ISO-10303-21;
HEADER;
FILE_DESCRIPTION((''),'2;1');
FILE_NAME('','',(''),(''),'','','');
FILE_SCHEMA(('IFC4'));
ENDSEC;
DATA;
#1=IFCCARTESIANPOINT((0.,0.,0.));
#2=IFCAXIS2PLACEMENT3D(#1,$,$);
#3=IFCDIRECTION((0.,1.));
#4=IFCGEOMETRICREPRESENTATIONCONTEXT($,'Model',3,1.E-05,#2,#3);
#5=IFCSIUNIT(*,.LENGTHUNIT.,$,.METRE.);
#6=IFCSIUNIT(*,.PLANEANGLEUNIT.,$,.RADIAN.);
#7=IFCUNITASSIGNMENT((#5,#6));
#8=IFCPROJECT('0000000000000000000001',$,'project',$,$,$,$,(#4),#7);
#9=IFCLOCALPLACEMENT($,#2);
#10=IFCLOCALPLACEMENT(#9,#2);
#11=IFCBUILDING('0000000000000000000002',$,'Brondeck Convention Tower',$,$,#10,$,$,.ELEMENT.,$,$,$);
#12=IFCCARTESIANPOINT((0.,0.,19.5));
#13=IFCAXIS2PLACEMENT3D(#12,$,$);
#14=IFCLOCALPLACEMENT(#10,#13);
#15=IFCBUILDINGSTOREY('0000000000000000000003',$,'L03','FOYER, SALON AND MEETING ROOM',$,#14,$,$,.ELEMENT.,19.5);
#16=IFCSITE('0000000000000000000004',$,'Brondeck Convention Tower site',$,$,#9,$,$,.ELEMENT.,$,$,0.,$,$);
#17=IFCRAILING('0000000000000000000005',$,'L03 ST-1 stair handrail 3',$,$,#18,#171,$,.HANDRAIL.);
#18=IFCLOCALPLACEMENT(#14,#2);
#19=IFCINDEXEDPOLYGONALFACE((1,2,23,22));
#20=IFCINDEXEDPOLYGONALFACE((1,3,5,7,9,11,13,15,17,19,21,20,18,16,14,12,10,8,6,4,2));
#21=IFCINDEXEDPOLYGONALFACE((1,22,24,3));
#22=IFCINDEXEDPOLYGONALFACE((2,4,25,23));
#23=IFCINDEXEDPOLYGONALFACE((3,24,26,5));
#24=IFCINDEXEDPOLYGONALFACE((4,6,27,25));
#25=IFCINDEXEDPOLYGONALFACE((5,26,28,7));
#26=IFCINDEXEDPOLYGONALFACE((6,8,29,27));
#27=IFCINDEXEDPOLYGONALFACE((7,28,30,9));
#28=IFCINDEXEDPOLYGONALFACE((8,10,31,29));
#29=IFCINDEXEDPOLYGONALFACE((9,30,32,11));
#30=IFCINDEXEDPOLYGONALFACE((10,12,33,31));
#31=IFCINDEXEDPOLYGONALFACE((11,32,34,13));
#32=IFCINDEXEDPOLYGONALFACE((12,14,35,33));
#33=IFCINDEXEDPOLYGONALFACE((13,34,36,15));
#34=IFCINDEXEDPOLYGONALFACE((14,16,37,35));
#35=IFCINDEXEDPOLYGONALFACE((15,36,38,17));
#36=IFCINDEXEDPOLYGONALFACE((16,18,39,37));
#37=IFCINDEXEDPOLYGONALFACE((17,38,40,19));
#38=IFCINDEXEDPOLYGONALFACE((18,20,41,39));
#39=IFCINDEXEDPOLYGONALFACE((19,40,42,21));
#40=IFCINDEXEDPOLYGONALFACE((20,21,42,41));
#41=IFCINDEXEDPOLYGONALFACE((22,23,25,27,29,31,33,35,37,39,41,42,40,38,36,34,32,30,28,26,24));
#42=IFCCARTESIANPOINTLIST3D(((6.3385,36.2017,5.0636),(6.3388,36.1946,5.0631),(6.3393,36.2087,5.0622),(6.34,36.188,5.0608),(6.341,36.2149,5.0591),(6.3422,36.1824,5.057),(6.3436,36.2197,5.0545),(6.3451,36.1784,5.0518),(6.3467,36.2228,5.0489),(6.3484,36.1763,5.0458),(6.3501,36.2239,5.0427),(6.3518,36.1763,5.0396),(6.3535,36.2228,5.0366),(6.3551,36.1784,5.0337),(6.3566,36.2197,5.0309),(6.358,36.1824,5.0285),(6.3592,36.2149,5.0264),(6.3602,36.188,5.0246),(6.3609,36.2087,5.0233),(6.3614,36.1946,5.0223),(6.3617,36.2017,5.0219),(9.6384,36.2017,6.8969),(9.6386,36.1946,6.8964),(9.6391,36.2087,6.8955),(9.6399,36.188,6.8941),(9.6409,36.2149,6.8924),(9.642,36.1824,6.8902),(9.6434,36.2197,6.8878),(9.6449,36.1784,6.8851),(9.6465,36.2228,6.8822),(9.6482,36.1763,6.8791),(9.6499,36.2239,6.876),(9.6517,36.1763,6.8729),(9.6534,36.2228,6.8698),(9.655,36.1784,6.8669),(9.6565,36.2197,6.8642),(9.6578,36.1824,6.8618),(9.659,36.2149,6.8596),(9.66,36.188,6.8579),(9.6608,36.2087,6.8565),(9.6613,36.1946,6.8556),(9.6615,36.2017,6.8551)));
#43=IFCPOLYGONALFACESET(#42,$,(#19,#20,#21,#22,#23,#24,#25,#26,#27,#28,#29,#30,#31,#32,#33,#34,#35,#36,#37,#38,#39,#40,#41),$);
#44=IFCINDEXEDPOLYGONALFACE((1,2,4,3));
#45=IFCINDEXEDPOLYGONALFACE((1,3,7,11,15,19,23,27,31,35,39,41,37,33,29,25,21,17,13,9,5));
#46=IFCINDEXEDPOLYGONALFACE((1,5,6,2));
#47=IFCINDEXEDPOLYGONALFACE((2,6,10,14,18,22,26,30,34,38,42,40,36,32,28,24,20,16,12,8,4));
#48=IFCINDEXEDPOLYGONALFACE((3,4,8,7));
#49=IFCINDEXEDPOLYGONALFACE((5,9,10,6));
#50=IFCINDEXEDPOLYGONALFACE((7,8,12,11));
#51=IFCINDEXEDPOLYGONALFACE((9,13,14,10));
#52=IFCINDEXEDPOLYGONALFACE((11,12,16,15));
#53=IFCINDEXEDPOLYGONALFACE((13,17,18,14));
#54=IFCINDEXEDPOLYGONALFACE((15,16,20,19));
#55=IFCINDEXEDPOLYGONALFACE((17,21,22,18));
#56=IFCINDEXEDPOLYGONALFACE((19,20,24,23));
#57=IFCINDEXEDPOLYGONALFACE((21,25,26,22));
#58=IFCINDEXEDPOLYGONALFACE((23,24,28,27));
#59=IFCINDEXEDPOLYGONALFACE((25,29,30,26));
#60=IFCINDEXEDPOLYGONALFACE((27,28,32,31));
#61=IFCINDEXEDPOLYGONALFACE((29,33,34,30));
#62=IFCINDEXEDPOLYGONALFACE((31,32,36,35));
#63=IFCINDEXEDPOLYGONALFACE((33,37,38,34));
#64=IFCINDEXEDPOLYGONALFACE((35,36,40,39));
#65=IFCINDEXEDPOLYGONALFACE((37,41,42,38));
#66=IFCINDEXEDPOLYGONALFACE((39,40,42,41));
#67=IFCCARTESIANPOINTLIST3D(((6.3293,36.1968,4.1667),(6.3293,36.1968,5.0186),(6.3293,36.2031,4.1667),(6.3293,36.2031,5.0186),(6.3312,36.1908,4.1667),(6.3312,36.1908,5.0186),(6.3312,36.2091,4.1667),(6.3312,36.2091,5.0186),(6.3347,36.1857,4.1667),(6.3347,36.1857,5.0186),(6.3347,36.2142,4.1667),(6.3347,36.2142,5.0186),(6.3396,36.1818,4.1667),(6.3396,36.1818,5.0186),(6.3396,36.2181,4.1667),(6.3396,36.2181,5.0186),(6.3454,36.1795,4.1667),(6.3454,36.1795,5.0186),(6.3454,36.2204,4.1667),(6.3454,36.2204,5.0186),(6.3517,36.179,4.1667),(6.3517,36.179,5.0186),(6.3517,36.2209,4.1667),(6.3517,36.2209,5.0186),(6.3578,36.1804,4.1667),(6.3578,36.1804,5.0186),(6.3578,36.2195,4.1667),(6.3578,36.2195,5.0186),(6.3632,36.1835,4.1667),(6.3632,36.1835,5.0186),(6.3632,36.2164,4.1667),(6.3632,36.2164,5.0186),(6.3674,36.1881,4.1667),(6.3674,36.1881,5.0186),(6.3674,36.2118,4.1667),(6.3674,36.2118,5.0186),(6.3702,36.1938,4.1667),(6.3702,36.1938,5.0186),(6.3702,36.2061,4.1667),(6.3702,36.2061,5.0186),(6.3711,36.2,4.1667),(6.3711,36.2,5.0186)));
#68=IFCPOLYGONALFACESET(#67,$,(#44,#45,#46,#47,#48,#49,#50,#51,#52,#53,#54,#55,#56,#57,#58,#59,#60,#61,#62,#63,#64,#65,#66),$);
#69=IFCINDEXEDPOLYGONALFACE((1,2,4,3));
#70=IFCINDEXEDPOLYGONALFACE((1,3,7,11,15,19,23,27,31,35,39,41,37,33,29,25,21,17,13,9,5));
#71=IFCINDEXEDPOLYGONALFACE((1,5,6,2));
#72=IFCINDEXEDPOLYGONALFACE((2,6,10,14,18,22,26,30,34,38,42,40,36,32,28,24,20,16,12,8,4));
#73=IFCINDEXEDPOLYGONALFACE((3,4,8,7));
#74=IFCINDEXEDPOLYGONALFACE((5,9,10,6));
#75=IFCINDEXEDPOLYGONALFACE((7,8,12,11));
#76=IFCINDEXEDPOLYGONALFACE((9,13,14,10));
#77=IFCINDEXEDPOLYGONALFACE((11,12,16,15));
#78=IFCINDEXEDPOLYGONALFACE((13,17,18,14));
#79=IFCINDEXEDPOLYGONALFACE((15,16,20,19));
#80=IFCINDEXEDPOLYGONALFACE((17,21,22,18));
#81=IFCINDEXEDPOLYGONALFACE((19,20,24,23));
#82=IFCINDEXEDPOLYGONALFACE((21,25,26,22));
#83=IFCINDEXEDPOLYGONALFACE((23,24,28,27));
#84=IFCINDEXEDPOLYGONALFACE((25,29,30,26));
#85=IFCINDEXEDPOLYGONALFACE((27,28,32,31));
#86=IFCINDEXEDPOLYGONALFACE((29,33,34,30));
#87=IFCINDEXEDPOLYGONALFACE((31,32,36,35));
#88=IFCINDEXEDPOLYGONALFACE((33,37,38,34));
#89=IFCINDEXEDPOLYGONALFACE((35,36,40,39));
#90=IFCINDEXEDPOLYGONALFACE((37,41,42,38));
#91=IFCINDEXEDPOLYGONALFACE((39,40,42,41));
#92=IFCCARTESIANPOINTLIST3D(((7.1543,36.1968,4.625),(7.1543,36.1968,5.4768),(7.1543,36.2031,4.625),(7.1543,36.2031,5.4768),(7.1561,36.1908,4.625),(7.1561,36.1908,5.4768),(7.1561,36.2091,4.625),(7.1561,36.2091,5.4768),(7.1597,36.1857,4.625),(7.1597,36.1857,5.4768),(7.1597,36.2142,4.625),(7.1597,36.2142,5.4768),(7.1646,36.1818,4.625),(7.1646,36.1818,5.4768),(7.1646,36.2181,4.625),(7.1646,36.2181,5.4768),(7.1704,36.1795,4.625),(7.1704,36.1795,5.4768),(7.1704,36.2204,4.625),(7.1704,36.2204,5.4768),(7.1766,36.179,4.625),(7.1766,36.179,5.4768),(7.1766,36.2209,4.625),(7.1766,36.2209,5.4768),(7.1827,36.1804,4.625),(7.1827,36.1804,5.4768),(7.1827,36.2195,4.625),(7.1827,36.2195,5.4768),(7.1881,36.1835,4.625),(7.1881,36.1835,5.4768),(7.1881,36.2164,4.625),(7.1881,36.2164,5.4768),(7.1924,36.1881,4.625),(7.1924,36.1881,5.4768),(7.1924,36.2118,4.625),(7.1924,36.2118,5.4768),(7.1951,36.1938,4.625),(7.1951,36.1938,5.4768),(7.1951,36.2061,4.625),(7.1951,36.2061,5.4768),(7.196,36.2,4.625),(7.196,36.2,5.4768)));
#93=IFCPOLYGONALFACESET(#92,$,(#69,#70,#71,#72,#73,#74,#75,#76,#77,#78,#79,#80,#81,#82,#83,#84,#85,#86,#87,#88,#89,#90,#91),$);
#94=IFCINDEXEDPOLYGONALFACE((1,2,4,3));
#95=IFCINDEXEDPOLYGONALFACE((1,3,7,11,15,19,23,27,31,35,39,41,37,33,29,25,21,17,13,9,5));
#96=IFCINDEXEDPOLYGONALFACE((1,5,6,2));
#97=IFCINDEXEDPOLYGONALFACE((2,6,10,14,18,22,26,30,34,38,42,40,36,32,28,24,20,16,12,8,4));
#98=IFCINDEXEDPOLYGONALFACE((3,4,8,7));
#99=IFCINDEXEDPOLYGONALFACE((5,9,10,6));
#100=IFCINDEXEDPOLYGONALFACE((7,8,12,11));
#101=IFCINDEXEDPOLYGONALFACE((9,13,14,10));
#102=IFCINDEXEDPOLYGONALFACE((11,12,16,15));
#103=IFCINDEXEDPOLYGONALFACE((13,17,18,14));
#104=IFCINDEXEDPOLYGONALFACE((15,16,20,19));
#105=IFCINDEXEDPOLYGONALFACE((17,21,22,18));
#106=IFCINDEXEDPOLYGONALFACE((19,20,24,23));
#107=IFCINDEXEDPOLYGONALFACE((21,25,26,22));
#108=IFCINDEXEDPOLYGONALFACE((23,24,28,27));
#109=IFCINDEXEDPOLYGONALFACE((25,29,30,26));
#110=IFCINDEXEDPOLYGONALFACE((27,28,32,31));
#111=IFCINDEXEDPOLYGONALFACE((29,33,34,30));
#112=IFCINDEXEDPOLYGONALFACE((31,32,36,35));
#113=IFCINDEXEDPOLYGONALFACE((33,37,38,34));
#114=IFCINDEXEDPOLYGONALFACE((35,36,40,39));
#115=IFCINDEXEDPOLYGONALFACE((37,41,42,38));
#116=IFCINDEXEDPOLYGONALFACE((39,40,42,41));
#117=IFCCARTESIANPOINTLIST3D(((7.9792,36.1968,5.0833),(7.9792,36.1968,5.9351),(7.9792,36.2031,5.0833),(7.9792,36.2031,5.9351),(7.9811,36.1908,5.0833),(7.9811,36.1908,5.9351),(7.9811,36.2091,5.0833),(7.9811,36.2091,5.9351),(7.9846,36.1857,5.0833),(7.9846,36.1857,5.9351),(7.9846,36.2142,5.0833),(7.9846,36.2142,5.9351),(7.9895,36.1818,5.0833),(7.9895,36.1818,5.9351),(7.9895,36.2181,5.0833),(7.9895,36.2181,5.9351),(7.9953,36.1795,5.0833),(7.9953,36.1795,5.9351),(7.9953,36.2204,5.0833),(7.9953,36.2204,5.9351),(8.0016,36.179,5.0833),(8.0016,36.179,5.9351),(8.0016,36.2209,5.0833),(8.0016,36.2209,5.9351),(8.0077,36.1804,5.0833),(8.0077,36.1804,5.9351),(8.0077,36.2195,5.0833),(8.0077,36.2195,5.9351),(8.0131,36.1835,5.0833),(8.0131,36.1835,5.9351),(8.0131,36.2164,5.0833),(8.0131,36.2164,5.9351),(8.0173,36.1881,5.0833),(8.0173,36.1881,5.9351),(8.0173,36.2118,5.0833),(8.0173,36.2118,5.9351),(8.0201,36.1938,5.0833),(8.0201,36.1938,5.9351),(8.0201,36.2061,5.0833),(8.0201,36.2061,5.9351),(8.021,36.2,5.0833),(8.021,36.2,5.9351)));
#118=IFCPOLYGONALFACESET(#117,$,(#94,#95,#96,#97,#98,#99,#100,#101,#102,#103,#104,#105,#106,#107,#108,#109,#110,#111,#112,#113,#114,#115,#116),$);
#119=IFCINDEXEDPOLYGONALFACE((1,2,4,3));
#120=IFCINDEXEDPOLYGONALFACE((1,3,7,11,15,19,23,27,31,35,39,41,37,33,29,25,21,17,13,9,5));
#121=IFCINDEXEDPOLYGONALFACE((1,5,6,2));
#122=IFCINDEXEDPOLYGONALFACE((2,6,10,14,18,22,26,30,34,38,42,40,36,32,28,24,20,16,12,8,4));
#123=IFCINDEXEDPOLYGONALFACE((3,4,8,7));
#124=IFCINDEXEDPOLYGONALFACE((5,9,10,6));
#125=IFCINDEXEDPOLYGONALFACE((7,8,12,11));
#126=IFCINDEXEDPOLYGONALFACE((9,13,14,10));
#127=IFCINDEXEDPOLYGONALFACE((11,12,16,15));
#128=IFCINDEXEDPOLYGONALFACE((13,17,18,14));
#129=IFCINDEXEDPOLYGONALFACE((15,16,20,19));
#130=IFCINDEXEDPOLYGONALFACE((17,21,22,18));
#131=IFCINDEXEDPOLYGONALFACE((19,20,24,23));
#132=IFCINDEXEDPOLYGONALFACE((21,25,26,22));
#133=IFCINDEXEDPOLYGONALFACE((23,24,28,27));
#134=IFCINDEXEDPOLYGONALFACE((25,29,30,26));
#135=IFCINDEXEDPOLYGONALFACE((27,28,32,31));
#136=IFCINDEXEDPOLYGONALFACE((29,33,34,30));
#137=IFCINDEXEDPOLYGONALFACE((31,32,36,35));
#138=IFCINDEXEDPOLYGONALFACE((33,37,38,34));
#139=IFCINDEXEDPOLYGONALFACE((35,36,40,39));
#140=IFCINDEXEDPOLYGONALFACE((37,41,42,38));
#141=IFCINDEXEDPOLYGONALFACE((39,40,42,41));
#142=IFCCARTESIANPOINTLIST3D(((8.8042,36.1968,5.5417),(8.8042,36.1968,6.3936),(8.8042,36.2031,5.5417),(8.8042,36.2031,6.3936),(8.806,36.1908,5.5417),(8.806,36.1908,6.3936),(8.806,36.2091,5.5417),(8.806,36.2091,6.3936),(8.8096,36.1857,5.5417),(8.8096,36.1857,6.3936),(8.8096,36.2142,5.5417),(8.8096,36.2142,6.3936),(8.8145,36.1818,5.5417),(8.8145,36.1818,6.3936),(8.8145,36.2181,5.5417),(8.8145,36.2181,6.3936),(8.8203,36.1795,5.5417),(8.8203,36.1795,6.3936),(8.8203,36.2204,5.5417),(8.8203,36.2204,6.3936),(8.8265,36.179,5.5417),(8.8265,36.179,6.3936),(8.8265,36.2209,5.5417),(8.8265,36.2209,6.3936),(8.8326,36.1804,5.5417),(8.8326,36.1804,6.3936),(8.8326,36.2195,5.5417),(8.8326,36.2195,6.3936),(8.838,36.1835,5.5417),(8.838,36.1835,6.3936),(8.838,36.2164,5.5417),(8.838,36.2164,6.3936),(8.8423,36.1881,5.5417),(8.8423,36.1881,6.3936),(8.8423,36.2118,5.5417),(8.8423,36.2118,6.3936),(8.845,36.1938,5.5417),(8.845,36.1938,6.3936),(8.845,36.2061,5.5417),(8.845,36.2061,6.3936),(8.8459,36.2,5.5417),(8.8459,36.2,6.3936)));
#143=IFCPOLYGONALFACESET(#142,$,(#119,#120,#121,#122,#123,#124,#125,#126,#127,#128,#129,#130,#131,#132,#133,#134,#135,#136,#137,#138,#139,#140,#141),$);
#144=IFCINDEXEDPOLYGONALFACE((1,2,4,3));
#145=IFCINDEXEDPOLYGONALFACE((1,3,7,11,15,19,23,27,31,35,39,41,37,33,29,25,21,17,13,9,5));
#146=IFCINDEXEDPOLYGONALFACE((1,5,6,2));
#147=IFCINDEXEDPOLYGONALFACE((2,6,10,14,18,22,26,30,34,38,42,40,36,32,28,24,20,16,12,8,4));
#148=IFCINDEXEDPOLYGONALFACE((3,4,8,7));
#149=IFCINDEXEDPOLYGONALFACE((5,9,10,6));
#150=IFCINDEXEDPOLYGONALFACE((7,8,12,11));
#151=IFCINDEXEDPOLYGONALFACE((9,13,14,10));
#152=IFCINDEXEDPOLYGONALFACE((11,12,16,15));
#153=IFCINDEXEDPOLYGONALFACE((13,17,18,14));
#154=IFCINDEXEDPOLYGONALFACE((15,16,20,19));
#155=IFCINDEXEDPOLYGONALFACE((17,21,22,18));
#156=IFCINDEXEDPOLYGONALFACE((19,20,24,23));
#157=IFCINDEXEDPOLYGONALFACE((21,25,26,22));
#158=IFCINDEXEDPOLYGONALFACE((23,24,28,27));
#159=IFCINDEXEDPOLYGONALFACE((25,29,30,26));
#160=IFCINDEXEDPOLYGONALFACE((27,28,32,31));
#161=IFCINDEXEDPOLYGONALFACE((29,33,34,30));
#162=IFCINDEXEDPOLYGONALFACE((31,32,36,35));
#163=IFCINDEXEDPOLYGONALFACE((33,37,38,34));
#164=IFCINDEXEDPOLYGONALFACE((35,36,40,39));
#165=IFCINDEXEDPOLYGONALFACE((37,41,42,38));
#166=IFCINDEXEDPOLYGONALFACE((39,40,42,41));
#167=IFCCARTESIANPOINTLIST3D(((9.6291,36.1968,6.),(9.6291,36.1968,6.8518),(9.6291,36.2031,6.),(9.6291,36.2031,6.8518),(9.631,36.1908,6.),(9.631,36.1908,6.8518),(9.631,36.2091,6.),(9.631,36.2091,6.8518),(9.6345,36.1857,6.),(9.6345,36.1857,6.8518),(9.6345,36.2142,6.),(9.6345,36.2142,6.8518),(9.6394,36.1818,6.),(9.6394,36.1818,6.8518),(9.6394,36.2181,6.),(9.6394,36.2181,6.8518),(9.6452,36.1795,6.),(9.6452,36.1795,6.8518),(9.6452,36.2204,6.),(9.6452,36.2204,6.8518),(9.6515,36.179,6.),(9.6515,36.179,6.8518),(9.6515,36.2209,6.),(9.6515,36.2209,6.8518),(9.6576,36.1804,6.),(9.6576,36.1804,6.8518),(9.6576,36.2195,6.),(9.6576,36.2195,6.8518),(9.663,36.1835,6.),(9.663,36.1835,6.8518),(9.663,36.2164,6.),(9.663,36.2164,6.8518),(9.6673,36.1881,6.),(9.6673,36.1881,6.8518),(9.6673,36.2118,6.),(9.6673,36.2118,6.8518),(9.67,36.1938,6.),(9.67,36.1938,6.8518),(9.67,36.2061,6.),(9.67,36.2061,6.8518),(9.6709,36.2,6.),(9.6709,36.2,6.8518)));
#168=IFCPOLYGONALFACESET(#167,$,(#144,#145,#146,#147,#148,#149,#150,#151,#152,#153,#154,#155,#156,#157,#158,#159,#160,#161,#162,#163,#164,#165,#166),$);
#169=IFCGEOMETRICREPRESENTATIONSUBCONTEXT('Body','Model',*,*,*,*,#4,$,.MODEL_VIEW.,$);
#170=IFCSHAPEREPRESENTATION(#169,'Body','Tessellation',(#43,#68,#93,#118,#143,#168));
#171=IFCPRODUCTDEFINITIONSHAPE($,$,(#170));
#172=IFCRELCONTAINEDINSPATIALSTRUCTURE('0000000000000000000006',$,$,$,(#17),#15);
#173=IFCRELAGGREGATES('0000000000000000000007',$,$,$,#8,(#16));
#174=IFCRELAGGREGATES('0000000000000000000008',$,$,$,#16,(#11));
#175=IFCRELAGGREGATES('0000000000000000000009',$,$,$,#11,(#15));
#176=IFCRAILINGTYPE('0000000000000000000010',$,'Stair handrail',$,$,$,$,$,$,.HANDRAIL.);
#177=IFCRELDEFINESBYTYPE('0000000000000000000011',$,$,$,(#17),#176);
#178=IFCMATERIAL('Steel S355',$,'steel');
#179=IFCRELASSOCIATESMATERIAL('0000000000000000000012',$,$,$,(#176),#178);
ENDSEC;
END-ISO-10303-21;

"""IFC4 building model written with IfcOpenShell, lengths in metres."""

from ifc_helpers import new_model, si_unit, direction, frame, origin, origin_2d, place, context, subcontext, project, spatial, circle, extrude, material, type_object, element, save


model = new_model("IFC4")

# Units and contexts
model_context = context("Model", 3, precision=1e-05, world=origin(), true_north=direction((0.0, 1.0)))
body_context = subcontext(model_context, "Body", "Model", "MODEL_VIEW")
ifc_project = project(units=[si_unit("LENGTHUNIT", "METRE"), si_unit("PLANEANGLEUNIT", "RADIAN")], contexts=[model_context])

# Site, building, storey
site_placement = place(None, origin())
site = spatial("IfcSite", under=ifc_project, at=site_placement, Name="Brondeck Convention Tower site", CompositionType="ELEMENT", RefElevation=0.0)
building_placement = place(site_placement, origin())
building = spatial("IfcBuilding", under=site, at=building_placement, Name="Brondeck Convention Tower", CompositionType="ELEMENT")
storey_placement = place(building_placement, frame((0.0, 0.0, 19.5)))
storey = spatial("IfcBuildingStorey", under=building, at=storey_placement, Name="L03", Description="FOYER, SALON AND MEETING ROOM", CompositionType="ELEMENT", Elevation=19.5)

# Shared definitions
ifc_material_1 = material(Name="Steel S355", Category="steel")

# Railing
railing_type_1 = type_object("IfcRailingType", Name="Stair handrail", PredefinedType="HANDRAIL", material=ifc_material_1)
for number, where, name in (
    (1, (6.3501, 36.2, 4.1667), "L03 ST-1 stair handrail 3"),
):
    element("IfcRailing", number, at=place(storey_placement, frame(where)), inside=storey, type_object=railing_type_1, Name=name, PredefinedType="HANDRAIL", context=body_context, shape_type="SweptSolid", body=[
        extrude(circle(Radius=0.0239, at=origin_2d()), frame((0.0, 0.0, 0.876), z_axis=(0.874154, 0.0, 0.485648), x_axis=(0.0, 1.0, 0.0)), (0.0, 0.0, 1.0), 3.7749),
        extrude(circle(Radius=0.021, at=origin_2d()), origin(), (0.0, 0.0, 1.0), 0.8518),
        extrude(circle(Radius=0.021, at=origin_2d()), frame((0.825, 0.0, 0.4583)), (0.0, 0.0, 1.0), 0.8518),
        extrude(circle(Radius=0.021, at=origin_2d()), frame((1.6499, 0.0, 0.9165)), (0.0, 0.0, 1.0), 0.8518),
        extrude(circle(Radius=0.021, at=origin_2d()), frame((2.4749, 0.0, 1.375)), (0.0, 0.0, 1.0), 0.8518),
        extrude(circle(Radius=0.021, at=origin_2d()), frame((3.2998, 0.0, 1.8333)), (0.0, 0.0, 1.0), 0.8518),
    ])

save(model, "model.ifc")
